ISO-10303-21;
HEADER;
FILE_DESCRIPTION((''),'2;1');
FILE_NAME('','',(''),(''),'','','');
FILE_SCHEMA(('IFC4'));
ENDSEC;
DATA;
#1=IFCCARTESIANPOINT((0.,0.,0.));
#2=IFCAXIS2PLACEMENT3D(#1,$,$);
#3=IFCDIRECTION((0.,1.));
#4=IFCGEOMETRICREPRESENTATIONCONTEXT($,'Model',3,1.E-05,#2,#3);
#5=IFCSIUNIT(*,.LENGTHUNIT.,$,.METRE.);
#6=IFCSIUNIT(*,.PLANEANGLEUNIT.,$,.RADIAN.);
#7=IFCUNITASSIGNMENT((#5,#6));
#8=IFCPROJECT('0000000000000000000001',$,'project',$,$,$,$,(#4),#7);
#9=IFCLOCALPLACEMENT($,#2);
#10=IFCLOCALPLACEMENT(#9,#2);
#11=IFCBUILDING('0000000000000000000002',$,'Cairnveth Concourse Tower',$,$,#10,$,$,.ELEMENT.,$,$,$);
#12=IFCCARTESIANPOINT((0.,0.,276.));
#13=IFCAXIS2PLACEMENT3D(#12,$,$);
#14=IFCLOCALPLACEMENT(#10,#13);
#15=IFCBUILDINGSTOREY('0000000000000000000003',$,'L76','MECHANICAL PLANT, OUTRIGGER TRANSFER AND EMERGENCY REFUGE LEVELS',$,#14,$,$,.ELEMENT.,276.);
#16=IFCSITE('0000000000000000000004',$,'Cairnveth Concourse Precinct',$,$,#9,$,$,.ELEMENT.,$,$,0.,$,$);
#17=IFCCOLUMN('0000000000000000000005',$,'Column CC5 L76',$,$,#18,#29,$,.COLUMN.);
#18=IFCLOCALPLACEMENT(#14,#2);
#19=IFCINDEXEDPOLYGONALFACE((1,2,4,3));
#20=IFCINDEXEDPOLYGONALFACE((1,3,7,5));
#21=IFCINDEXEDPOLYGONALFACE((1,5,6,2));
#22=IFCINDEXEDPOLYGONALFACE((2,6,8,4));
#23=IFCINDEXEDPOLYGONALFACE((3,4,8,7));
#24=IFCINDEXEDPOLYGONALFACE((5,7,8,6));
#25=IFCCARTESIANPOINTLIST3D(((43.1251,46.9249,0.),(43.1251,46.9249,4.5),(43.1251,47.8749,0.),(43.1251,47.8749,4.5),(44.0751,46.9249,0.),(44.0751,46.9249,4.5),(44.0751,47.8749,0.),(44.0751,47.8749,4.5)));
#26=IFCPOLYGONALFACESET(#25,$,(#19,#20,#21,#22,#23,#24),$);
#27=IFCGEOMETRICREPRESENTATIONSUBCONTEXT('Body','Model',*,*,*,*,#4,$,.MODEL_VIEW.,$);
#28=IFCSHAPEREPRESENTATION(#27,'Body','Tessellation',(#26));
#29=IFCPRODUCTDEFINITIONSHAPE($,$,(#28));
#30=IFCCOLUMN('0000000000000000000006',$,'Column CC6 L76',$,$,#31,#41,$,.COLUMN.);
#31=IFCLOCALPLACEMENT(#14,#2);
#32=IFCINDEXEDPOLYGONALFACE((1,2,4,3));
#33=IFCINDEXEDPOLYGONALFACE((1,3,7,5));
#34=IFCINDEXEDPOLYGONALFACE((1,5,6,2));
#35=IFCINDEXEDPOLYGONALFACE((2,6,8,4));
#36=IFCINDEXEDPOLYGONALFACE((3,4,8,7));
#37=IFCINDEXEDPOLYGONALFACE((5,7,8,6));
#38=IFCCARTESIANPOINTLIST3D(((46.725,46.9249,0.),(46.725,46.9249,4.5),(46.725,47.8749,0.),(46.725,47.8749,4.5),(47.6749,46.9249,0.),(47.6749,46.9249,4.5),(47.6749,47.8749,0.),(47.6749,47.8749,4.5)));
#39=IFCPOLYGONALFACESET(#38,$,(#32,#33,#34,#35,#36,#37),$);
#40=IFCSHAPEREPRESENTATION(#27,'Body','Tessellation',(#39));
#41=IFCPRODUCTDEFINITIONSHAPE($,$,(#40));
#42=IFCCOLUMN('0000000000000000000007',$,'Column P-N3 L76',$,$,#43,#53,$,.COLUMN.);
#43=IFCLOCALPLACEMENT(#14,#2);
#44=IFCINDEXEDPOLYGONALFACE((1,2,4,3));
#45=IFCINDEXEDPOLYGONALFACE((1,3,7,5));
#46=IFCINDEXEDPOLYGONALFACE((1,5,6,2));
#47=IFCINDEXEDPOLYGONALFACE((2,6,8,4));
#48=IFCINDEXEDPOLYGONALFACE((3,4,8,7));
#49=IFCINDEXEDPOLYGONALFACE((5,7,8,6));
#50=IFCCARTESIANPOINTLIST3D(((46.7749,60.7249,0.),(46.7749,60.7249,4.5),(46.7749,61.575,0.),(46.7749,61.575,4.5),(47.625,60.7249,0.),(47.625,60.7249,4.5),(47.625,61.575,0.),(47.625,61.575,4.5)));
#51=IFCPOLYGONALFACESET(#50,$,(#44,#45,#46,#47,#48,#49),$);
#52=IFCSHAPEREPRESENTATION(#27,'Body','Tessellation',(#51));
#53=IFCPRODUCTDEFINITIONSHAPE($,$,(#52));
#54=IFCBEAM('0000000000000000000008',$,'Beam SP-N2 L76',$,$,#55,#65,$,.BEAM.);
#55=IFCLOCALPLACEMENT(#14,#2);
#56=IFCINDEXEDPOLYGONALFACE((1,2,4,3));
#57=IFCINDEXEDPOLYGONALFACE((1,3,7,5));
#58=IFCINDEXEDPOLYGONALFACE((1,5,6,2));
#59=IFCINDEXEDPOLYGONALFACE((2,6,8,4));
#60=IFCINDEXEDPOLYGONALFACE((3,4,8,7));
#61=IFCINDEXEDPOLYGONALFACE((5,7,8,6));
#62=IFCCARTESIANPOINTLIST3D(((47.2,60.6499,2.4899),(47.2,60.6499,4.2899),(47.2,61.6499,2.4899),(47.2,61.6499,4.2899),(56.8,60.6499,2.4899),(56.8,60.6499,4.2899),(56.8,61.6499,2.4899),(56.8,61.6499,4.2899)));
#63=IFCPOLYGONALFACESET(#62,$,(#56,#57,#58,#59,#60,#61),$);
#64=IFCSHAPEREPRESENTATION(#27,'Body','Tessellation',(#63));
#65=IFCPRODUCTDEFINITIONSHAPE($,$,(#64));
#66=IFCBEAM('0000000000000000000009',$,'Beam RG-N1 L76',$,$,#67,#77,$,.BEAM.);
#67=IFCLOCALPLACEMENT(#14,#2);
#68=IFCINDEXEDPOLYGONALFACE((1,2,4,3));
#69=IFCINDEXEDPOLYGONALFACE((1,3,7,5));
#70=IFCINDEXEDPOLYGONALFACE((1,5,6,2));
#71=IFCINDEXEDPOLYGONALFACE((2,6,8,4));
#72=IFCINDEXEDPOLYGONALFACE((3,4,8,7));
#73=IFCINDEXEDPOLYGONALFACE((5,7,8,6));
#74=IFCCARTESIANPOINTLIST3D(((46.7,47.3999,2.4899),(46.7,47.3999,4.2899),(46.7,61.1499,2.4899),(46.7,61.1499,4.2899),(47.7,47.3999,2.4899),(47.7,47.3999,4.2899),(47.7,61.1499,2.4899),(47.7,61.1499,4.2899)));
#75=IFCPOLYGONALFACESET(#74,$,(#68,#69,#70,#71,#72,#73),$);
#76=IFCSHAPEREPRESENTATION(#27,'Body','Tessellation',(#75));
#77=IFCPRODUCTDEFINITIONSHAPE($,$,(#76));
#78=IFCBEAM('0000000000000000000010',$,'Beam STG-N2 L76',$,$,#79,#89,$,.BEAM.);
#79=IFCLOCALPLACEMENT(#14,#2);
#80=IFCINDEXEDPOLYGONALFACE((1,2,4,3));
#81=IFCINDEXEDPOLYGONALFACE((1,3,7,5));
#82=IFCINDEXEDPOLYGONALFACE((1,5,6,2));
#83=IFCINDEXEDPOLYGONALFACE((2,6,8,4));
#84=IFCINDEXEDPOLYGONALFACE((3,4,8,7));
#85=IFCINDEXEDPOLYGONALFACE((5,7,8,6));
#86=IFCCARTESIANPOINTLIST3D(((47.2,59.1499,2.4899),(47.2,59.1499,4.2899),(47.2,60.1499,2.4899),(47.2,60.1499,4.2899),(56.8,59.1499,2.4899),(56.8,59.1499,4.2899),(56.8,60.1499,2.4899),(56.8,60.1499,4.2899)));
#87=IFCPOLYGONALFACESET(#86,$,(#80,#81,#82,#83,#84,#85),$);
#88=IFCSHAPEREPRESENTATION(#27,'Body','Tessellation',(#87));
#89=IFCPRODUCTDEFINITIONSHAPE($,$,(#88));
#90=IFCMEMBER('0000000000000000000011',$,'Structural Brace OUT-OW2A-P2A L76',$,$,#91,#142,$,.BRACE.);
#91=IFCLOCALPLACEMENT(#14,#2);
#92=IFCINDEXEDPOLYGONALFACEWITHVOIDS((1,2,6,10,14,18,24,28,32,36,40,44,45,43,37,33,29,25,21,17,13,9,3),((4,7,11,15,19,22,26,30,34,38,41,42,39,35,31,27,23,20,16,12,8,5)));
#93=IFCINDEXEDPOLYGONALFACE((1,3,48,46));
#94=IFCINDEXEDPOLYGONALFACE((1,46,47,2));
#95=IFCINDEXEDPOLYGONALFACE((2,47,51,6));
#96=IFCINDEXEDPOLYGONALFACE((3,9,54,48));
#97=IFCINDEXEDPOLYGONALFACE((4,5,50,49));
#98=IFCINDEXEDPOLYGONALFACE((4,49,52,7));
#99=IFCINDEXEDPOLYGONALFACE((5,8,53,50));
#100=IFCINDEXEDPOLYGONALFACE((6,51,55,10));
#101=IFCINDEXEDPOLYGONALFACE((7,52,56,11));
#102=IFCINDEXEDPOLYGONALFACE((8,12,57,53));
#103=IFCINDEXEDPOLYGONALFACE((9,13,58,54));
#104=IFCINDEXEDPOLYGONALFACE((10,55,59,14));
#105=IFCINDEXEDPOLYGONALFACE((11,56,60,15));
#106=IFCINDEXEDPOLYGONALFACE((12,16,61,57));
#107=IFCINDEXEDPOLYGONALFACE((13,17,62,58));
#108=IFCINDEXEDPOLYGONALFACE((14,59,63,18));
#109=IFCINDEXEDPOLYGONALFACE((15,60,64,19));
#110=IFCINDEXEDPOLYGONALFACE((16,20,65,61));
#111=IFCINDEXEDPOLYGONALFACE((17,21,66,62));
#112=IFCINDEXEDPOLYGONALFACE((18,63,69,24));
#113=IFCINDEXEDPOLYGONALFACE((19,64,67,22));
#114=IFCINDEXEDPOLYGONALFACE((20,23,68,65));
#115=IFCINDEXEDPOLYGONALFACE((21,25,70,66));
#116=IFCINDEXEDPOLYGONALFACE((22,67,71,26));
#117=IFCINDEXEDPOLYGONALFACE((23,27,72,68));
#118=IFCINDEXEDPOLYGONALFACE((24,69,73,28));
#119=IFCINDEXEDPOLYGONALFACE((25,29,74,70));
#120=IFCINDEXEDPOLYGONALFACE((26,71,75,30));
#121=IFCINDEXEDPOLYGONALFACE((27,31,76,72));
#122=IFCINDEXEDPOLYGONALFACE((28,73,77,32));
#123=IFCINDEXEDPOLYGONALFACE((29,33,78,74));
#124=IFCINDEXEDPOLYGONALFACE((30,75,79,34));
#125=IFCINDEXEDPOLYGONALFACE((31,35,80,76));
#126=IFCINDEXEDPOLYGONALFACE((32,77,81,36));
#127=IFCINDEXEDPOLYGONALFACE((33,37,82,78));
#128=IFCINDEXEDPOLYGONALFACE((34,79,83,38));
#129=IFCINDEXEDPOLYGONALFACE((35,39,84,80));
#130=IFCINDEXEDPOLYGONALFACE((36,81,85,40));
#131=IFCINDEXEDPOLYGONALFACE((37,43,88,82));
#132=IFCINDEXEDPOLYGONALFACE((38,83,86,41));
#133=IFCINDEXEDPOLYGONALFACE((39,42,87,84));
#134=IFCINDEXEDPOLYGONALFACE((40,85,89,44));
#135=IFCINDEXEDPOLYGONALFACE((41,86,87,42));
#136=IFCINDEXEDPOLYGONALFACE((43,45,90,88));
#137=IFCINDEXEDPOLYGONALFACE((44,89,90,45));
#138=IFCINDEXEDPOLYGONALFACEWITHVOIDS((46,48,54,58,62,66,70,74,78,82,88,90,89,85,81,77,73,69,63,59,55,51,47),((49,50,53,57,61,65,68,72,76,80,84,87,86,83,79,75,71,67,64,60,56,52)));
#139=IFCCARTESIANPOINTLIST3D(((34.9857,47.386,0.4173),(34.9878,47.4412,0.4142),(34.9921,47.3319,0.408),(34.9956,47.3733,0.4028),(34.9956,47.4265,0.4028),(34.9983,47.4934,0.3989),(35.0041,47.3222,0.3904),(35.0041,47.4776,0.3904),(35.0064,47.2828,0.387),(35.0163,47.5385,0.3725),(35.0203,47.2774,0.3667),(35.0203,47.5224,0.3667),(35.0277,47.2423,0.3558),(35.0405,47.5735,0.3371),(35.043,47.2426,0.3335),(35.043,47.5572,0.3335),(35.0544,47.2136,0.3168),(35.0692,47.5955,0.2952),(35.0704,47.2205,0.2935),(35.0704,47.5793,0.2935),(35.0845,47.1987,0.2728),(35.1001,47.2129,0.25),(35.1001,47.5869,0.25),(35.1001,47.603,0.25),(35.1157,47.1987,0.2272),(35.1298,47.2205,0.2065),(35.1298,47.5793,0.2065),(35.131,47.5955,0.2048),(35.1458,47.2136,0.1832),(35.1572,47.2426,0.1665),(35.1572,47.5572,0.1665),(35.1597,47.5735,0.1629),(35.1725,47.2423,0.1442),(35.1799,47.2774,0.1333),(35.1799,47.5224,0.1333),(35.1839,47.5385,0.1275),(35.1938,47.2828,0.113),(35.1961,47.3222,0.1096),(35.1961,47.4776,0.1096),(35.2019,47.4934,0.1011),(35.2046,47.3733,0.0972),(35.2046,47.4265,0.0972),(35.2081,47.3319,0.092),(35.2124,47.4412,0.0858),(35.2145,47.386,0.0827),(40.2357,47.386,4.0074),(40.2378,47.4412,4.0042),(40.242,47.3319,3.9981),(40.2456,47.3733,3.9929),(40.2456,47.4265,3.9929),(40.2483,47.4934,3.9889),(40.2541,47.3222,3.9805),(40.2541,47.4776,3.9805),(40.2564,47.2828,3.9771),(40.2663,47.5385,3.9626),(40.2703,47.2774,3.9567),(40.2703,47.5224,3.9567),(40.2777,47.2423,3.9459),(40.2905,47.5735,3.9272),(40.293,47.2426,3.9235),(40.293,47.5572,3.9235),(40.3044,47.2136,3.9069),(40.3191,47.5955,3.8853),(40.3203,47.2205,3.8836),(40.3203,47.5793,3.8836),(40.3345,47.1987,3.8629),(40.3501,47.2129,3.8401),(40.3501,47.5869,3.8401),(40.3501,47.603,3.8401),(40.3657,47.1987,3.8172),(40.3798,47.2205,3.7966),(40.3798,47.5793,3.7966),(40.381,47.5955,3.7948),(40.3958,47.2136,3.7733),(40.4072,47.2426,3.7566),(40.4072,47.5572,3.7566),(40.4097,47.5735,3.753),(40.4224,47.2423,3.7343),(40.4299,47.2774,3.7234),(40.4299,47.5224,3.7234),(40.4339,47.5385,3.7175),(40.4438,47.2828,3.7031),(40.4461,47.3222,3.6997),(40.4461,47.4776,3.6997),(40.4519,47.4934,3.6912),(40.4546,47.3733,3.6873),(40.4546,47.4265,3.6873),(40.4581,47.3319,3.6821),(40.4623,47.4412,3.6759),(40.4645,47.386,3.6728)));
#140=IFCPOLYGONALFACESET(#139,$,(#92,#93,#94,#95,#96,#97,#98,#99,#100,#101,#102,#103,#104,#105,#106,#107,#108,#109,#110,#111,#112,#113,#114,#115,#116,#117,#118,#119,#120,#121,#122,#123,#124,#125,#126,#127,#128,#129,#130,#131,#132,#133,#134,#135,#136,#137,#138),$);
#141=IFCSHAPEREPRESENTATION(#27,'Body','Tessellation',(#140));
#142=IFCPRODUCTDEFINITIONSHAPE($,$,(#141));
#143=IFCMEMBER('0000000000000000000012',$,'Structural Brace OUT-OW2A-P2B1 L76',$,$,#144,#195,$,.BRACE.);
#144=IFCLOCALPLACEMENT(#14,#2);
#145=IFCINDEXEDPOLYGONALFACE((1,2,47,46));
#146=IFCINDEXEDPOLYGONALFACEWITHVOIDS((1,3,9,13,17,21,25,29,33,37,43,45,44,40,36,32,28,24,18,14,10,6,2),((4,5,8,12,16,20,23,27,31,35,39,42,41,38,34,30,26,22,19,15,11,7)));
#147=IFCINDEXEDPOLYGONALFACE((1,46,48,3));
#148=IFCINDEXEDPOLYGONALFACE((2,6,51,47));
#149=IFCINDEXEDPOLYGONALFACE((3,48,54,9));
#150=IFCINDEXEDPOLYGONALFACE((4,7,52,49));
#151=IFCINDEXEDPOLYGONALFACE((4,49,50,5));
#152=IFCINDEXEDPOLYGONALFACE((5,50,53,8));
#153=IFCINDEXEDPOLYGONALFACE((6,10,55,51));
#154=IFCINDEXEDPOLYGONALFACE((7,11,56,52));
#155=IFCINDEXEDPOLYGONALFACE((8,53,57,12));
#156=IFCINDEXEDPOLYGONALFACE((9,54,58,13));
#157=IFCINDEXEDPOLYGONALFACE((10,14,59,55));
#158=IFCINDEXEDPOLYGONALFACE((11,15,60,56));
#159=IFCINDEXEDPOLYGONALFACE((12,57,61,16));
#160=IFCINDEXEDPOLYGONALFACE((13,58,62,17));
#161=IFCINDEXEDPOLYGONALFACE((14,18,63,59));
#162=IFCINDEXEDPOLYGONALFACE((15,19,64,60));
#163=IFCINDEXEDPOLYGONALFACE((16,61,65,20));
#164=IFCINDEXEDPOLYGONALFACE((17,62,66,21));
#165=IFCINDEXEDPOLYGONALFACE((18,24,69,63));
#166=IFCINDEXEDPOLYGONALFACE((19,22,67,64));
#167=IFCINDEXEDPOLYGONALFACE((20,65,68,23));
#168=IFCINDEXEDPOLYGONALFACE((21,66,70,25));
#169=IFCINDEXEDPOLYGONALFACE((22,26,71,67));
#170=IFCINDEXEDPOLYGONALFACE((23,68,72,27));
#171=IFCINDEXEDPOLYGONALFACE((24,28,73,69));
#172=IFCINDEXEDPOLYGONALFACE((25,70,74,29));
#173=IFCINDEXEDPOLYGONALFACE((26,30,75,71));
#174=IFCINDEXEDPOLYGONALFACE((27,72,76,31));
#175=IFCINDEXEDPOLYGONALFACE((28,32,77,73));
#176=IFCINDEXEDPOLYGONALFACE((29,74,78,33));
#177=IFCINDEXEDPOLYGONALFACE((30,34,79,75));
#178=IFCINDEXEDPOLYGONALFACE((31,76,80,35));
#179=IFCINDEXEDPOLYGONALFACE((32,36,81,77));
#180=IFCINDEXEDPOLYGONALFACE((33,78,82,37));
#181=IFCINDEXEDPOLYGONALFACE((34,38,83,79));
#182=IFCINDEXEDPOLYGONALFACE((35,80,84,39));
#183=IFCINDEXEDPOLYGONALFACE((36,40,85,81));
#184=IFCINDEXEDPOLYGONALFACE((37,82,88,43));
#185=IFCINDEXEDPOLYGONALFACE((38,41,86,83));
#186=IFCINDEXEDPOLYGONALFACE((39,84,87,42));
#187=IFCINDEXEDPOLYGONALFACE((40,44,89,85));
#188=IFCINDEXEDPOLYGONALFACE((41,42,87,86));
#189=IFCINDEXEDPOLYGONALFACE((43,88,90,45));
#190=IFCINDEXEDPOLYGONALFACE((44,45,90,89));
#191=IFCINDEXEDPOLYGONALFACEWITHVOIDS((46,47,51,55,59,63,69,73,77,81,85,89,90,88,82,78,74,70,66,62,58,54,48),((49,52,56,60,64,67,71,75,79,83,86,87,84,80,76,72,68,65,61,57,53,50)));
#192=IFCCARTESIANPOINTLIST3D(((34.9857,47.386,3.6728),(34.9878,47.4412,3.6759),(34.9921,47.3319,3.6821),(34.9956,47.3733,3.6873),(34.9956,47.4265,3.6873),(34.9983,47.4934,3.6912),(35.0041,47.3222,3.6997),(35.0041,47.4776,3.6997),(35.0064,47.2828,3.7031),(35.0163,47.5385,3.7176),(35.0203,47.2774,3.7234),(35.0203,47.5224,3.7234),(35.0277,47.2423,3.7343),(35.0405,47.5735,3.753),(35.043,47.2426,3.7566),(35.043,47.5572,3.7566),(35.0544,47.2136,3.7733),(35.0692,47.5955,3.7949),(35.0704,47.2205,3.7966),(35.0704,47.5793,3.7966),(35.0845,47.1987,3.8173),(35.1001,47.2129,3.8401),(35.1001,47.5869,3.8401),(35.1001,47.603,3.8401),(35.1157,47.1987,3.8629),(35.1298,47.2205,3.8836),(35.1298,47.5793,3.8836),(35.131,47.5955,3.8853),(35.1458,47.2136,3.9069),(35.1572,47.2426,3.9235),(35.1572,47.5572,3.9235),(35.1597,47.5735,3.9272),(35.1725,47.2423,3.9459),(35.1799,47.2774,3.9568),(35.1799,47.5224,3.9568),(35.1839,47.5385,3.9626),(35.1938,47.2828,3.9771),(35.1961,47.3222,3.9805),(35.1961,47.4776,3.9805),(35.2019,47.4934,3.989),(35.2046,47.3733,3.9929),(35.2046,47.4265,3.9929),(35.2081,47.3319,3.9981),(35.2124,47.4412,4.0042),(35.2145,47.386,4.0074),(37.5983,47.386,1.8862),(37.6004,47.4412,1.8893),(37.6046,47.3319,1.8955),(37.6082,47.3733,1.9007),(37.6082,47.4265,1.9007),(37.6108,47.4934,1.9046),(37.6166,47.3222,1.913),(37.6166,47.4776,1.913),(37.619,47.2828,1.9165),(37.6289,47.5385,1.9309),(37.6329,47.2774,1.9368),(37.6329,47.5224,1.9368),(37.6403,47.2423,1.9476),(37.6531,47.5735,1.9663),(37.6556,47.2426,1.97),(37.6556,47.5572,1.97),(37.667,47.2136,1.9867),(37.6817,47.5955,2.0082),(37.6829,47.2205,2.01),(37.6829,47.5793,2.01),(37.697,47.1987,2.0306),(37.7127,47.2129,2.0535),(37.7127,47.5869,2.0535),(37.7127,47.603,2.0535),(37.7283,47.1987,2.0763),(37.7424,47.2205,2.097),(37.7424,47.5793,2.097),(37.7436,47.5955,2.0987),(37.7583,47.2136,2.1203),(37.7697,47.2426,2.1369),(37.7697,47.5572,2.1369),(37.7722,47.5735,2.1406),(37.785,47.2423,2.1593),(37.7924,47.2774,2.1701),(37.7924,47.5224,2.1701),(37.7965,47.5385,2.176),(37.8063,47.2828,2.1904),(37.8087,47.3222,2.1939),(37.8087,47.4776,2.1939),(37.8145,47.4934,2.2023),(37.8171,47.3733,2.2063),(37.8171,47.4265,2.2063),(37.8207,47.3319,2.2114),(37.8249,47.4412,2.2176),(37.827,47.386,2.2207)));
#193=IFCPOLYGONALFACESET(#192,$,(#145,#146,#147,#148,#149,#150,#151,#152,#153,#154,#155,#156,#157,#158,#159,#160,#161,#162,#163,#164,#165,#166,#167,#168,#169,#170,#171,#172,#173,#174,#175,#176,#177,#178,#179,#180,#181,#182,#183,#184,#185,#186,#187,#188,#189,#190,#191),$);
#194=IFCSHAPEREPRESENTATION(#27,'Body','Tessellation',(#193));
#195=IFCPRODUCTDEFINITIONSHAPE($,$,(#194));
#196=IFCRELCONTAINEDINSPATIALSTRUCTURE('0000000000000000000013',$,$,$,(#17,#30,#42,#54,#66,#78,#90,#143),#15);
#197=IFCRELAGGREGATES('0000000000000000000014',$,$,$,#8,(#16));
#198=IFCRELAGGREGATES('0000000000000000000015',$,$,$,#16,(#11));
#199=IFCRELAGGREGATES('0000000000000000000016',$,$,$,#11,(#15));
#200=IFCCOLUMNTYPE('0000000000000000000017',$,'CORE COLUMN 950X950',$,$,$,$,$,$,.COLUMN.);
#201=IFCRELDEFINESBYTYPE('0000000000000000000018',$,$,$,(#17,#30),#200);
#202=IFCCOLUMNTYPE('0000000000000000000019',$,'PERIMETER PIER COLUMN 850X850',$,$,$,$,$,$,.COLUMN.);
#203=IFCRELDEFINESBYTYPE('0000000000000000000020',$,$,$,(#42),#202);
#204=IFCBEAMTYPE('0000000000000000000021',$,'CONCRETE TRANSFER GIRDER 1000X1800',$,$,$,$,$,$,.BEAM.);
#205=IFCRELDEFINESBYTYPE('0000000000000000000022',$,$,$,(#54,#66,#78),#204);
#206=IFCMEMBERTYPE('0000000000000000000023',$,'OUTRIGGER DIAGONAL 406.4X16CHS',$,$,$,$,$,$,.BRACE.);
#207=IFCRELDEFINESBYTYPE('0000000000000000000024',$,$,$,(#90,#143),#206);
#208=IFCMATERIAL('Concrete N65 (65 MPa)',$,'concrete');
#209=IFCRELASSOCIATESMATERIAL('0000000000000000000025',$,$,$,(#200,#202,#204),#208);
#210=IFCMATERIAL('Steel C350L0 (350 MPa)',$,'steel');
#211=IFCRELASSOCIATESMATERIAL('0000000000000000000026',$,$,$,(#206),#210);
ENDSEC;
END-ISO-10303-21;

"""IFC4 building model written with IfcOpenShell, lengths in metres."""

from ifc_helpers import new_model, si_unit, direction, frame, origin, origin_2d, place, context, subcontext, project, spatial, rectangle, hollow_circle, extrude, material, material_profile, profile_set, type_object, element, save


model = new_model("IFC4")

# Units and contexts
model_context = context("Model", 3, precision=1e-05, world=origin(), true_north=direction((0.0, 1.0)))
body_context = subcontext(model_context, "Body", "Model", "MODEL_VIEW")
ifc_project = project(units=[si_unit("LENGTHUNIT", "METRE"), si_unit("PLANEANGLEUNIT", "RADIAN")], contexts=[model_context])

# Site, building, storey
site_placement = place(None, origin())
site = spatial("IfcSite", under=ifc_project, at=site_placement, Name="Cairnveth Concourse Precinct", CompositionType="ELEMENT", RefElevation=0.0)
building_placement = place(site_placement, origin())
building = spatial("IfcBuilding", under=site, at=building_placement, Name="Cairnveth Concourse Tower", CompositionType="ELEMENT")
storey_placement = place(building_placement, frame((0.0, 0.0, 276.0)))
storey = spatial("IfcBuildingStorey", under=building, at=storey_placement, Name="L76", Description="MECHANICAL PLANT, OUTRIGGER TRANSFER AND EMERGENCY REFUGE LEVELS", CompositionType="ELEMENT", Elevation=276.0)

# Columns
ifc_material_1 = material(Name="Concrete N65 (65 MPa)", Category="concrete")
ifc_material_profile_1 = material_profile(ifc_material_1, rectangle(XDim=0.95, YDim=0.95, at=origin_2d()), Name="RC-COL-950x950")
ifc_profile_set_1 = profile_set([ifc_material_profile_1], Name="Concrete N65 (65 MPa)")
column_type_1 = type_object("IfcColumnType", Name="CORE COLUMN 950X950", PredefinedType="COLUMN", material=ifc_profile_set_1)
for number, where, z_axis, x_axis, name in (
    (1, (43.6001, 47.3999, 0.0), (0.0, 0.0, 1.0), (1.0, 0.0, 0.0), "Column CC5 L76"),
    (2, (47.2, 47.3999, 0.0), (0.0, 0.0, 1.0), (1.0, 0.0, 0.0), "Column CC6 L76"),
):
    element("IfcColumn", number, at=place(storey_placement, frame(where, z_axis=z_axis, x_axis=x_axis)), inside=storey, type_object=column_type_1, Name=name, PredefinedType="COLUMN", context=body_context, shape_type="SweptSolid", body=[
        extrude(rectangle(XDim=0.95, YDim=0.95, at=origin_2d()), origin(), (0.0, 0.0, 1.0), 4.5),
    ])
ifc_material_profile_2 = material_profile(ifc_material_1, rectangle(XDim=0.8501, YDim=0.8501, at=origin_2d()), Name="RC-COL-850x850")
ifc_profile_set_2 = profile_set([ifc_material_profile_2], Name="Concrete N65 (65 MPa)")
column_type_2 = type_object("IfcColumnType", Name="PERIMETER PIER COLUMN 850X850", PredefinedType="COLUMN", material=ifc_profile_set_2)
column_placement = place(storey_placement, frame((47.2, 61.1499, 0.0), z_axis=(0.0, 0.0, 1.0), x_axis=(1.0, 0.0, 0.0)))
element("IfcColumn", 3, at=column_placement, inside=storey, type_object=column_type_2, Name="Column P-N3 L76", PredefinedType="COLUMN", context=body_context, shape_type="SweptSolid", body=[
    extrude(rectangle(XDim=0.8501, YDim=0.8501, at=origin_2d()), origin(), (0.0, 0.0, 1.0), 4.5),
])

# Beams
ifc_material_profile_3 = material_profile(ifc_material_1, rectangle(XDim=1.0, YDim=1.8, at=origin_2d()), Name="RC-TB-1000x1800")
ifc_profile_set_3 = profile_set([ifc_material_profile_3], Name="Concrete N65 (65 MPa)")
beam_type_1 = type_object("IfcBeamType", Name="CONCRETE TRANSFER GIRDER 1000X1800", PredefinedType="BEAM", material=ifc_profile_set_3)
beam_1_placement = place(storey_placement, frame((47.2, 61.1499, 3.3899), z_axis=(1.0, 0.0, 0.0), x_axis=(0.0, 1.0, 0.0)))
element("IfcBeam", 4, at=beam_1_placement, inside=storey, type_object=beam_type_1, Name="Beam SP-N2 L76", PredefinedType="BEAM", context=body_context, shape_type="SweptSolid", body=[
    extrude(rectangle(XDim=1.0, YDim=1.8, at=origin_2d()), origin(), (0.0, 0.0, 1.0), 9.6001),
])
beam_2_placement = place(storey_placement, frame((47.2, 47.3999, 3.3899), z_axis=(0.0, 1.0, 0.0), x_axis=(-1.0, 0.0, 0.0)))
element("IfcBeam", 5, at=beam_2_placement, inside=storey, type_object=beam_type_1, Name="Beam RG-N1 L76", PredefinedType="BEAM", context=body_context, shape_type="SweptSolid", body=[
    extrude(rectangle(XDim=1.0, YDim=1.8, at=origin_2d()), origin(), (0.0, 0.0, 1.0), 13.75),
])
beam_3_placement = place(storey_placement, frame((47.2, 59.6499, 3.3899), z_axis=(1.0, 0.0, 0.0), x_axis=(0.0, 1.0, 0.0)))
element("IfcBeam", 6, at=beam_3_placement, inside=storey, type_object=beam_type_1, Name="Beam STG-N2 L76", PredefinedType="BEAM", context=body_context, shape_type="SweptSolid", body=[
    extrude(rectangle(XDim=1.0, YDim=1.8, at=origin_2d()), origin(), (0.0, 0.0, 1.0), 9.6001),
])

# Members
ifc_material_2 = material(Name="Steel C350L0 (350 MPa)", Category="steel")
ifc_material_profile_4 = material_profile(ifc_material_2, hollow_circle(Radius=0.2031, WallThickness=0.0161, at=origin_2d()), Name="406.4x16.0CHS")
ifc_profile_set_4 = profile_set([ifc_material_profile_4], Name="Steel C350L0 (350 MPa)")
member_type_1 = type_object("IfcMemberType", Name="OUTRIGGER DIAGONAL 406.4X16CHS", PredefinedType="BRACE", material=ifc_profile_set_4)
member_1_placement = place(storey_placement, frame((35.1001, 47.3999, 0.25), z_axis=(0.825455, 0.0, 0.564468), x_axis=(0.0, 1.0, 0.0)))
element("IfcMember", 7, at=member_1_placement, inside=storey, type_object=member_type_1, Name="Structural Brace OUT-OW2A-P2A L76", PredefinedType="BRACE", context=body_context, shape_type="SweptSolid", body=[
    extrude(hollow_circle(Radius=0.2031, WallThickness=0.0161, at=origin_2d()), origin(), (0.0, 0.0, 1.0), 6.3601),
])
member_2_placement = place(storey_placement, frame((35.1001, 47.3999, 3.8401), z_axis=(0.825442, 0.0, -0.564488), x_axis=(0.0, 1.0, 0.0)))
element("IfcMember", 8, at=member_2_placement, inside=storey, type_object=member_type_1, Name="Structural Brace OUT-OW2A-P2B1 L76", PredefinedType="BRACE", context=body_context, shape_type="SweptSolid", body=[
    extrude(hollow_circle(Radius=0.2031, WallThickness=0.0161, at=origin_2d()), origin(), (0.0, 0.0, 1.0), 3.165),
])

save(model, "model.ifc")
